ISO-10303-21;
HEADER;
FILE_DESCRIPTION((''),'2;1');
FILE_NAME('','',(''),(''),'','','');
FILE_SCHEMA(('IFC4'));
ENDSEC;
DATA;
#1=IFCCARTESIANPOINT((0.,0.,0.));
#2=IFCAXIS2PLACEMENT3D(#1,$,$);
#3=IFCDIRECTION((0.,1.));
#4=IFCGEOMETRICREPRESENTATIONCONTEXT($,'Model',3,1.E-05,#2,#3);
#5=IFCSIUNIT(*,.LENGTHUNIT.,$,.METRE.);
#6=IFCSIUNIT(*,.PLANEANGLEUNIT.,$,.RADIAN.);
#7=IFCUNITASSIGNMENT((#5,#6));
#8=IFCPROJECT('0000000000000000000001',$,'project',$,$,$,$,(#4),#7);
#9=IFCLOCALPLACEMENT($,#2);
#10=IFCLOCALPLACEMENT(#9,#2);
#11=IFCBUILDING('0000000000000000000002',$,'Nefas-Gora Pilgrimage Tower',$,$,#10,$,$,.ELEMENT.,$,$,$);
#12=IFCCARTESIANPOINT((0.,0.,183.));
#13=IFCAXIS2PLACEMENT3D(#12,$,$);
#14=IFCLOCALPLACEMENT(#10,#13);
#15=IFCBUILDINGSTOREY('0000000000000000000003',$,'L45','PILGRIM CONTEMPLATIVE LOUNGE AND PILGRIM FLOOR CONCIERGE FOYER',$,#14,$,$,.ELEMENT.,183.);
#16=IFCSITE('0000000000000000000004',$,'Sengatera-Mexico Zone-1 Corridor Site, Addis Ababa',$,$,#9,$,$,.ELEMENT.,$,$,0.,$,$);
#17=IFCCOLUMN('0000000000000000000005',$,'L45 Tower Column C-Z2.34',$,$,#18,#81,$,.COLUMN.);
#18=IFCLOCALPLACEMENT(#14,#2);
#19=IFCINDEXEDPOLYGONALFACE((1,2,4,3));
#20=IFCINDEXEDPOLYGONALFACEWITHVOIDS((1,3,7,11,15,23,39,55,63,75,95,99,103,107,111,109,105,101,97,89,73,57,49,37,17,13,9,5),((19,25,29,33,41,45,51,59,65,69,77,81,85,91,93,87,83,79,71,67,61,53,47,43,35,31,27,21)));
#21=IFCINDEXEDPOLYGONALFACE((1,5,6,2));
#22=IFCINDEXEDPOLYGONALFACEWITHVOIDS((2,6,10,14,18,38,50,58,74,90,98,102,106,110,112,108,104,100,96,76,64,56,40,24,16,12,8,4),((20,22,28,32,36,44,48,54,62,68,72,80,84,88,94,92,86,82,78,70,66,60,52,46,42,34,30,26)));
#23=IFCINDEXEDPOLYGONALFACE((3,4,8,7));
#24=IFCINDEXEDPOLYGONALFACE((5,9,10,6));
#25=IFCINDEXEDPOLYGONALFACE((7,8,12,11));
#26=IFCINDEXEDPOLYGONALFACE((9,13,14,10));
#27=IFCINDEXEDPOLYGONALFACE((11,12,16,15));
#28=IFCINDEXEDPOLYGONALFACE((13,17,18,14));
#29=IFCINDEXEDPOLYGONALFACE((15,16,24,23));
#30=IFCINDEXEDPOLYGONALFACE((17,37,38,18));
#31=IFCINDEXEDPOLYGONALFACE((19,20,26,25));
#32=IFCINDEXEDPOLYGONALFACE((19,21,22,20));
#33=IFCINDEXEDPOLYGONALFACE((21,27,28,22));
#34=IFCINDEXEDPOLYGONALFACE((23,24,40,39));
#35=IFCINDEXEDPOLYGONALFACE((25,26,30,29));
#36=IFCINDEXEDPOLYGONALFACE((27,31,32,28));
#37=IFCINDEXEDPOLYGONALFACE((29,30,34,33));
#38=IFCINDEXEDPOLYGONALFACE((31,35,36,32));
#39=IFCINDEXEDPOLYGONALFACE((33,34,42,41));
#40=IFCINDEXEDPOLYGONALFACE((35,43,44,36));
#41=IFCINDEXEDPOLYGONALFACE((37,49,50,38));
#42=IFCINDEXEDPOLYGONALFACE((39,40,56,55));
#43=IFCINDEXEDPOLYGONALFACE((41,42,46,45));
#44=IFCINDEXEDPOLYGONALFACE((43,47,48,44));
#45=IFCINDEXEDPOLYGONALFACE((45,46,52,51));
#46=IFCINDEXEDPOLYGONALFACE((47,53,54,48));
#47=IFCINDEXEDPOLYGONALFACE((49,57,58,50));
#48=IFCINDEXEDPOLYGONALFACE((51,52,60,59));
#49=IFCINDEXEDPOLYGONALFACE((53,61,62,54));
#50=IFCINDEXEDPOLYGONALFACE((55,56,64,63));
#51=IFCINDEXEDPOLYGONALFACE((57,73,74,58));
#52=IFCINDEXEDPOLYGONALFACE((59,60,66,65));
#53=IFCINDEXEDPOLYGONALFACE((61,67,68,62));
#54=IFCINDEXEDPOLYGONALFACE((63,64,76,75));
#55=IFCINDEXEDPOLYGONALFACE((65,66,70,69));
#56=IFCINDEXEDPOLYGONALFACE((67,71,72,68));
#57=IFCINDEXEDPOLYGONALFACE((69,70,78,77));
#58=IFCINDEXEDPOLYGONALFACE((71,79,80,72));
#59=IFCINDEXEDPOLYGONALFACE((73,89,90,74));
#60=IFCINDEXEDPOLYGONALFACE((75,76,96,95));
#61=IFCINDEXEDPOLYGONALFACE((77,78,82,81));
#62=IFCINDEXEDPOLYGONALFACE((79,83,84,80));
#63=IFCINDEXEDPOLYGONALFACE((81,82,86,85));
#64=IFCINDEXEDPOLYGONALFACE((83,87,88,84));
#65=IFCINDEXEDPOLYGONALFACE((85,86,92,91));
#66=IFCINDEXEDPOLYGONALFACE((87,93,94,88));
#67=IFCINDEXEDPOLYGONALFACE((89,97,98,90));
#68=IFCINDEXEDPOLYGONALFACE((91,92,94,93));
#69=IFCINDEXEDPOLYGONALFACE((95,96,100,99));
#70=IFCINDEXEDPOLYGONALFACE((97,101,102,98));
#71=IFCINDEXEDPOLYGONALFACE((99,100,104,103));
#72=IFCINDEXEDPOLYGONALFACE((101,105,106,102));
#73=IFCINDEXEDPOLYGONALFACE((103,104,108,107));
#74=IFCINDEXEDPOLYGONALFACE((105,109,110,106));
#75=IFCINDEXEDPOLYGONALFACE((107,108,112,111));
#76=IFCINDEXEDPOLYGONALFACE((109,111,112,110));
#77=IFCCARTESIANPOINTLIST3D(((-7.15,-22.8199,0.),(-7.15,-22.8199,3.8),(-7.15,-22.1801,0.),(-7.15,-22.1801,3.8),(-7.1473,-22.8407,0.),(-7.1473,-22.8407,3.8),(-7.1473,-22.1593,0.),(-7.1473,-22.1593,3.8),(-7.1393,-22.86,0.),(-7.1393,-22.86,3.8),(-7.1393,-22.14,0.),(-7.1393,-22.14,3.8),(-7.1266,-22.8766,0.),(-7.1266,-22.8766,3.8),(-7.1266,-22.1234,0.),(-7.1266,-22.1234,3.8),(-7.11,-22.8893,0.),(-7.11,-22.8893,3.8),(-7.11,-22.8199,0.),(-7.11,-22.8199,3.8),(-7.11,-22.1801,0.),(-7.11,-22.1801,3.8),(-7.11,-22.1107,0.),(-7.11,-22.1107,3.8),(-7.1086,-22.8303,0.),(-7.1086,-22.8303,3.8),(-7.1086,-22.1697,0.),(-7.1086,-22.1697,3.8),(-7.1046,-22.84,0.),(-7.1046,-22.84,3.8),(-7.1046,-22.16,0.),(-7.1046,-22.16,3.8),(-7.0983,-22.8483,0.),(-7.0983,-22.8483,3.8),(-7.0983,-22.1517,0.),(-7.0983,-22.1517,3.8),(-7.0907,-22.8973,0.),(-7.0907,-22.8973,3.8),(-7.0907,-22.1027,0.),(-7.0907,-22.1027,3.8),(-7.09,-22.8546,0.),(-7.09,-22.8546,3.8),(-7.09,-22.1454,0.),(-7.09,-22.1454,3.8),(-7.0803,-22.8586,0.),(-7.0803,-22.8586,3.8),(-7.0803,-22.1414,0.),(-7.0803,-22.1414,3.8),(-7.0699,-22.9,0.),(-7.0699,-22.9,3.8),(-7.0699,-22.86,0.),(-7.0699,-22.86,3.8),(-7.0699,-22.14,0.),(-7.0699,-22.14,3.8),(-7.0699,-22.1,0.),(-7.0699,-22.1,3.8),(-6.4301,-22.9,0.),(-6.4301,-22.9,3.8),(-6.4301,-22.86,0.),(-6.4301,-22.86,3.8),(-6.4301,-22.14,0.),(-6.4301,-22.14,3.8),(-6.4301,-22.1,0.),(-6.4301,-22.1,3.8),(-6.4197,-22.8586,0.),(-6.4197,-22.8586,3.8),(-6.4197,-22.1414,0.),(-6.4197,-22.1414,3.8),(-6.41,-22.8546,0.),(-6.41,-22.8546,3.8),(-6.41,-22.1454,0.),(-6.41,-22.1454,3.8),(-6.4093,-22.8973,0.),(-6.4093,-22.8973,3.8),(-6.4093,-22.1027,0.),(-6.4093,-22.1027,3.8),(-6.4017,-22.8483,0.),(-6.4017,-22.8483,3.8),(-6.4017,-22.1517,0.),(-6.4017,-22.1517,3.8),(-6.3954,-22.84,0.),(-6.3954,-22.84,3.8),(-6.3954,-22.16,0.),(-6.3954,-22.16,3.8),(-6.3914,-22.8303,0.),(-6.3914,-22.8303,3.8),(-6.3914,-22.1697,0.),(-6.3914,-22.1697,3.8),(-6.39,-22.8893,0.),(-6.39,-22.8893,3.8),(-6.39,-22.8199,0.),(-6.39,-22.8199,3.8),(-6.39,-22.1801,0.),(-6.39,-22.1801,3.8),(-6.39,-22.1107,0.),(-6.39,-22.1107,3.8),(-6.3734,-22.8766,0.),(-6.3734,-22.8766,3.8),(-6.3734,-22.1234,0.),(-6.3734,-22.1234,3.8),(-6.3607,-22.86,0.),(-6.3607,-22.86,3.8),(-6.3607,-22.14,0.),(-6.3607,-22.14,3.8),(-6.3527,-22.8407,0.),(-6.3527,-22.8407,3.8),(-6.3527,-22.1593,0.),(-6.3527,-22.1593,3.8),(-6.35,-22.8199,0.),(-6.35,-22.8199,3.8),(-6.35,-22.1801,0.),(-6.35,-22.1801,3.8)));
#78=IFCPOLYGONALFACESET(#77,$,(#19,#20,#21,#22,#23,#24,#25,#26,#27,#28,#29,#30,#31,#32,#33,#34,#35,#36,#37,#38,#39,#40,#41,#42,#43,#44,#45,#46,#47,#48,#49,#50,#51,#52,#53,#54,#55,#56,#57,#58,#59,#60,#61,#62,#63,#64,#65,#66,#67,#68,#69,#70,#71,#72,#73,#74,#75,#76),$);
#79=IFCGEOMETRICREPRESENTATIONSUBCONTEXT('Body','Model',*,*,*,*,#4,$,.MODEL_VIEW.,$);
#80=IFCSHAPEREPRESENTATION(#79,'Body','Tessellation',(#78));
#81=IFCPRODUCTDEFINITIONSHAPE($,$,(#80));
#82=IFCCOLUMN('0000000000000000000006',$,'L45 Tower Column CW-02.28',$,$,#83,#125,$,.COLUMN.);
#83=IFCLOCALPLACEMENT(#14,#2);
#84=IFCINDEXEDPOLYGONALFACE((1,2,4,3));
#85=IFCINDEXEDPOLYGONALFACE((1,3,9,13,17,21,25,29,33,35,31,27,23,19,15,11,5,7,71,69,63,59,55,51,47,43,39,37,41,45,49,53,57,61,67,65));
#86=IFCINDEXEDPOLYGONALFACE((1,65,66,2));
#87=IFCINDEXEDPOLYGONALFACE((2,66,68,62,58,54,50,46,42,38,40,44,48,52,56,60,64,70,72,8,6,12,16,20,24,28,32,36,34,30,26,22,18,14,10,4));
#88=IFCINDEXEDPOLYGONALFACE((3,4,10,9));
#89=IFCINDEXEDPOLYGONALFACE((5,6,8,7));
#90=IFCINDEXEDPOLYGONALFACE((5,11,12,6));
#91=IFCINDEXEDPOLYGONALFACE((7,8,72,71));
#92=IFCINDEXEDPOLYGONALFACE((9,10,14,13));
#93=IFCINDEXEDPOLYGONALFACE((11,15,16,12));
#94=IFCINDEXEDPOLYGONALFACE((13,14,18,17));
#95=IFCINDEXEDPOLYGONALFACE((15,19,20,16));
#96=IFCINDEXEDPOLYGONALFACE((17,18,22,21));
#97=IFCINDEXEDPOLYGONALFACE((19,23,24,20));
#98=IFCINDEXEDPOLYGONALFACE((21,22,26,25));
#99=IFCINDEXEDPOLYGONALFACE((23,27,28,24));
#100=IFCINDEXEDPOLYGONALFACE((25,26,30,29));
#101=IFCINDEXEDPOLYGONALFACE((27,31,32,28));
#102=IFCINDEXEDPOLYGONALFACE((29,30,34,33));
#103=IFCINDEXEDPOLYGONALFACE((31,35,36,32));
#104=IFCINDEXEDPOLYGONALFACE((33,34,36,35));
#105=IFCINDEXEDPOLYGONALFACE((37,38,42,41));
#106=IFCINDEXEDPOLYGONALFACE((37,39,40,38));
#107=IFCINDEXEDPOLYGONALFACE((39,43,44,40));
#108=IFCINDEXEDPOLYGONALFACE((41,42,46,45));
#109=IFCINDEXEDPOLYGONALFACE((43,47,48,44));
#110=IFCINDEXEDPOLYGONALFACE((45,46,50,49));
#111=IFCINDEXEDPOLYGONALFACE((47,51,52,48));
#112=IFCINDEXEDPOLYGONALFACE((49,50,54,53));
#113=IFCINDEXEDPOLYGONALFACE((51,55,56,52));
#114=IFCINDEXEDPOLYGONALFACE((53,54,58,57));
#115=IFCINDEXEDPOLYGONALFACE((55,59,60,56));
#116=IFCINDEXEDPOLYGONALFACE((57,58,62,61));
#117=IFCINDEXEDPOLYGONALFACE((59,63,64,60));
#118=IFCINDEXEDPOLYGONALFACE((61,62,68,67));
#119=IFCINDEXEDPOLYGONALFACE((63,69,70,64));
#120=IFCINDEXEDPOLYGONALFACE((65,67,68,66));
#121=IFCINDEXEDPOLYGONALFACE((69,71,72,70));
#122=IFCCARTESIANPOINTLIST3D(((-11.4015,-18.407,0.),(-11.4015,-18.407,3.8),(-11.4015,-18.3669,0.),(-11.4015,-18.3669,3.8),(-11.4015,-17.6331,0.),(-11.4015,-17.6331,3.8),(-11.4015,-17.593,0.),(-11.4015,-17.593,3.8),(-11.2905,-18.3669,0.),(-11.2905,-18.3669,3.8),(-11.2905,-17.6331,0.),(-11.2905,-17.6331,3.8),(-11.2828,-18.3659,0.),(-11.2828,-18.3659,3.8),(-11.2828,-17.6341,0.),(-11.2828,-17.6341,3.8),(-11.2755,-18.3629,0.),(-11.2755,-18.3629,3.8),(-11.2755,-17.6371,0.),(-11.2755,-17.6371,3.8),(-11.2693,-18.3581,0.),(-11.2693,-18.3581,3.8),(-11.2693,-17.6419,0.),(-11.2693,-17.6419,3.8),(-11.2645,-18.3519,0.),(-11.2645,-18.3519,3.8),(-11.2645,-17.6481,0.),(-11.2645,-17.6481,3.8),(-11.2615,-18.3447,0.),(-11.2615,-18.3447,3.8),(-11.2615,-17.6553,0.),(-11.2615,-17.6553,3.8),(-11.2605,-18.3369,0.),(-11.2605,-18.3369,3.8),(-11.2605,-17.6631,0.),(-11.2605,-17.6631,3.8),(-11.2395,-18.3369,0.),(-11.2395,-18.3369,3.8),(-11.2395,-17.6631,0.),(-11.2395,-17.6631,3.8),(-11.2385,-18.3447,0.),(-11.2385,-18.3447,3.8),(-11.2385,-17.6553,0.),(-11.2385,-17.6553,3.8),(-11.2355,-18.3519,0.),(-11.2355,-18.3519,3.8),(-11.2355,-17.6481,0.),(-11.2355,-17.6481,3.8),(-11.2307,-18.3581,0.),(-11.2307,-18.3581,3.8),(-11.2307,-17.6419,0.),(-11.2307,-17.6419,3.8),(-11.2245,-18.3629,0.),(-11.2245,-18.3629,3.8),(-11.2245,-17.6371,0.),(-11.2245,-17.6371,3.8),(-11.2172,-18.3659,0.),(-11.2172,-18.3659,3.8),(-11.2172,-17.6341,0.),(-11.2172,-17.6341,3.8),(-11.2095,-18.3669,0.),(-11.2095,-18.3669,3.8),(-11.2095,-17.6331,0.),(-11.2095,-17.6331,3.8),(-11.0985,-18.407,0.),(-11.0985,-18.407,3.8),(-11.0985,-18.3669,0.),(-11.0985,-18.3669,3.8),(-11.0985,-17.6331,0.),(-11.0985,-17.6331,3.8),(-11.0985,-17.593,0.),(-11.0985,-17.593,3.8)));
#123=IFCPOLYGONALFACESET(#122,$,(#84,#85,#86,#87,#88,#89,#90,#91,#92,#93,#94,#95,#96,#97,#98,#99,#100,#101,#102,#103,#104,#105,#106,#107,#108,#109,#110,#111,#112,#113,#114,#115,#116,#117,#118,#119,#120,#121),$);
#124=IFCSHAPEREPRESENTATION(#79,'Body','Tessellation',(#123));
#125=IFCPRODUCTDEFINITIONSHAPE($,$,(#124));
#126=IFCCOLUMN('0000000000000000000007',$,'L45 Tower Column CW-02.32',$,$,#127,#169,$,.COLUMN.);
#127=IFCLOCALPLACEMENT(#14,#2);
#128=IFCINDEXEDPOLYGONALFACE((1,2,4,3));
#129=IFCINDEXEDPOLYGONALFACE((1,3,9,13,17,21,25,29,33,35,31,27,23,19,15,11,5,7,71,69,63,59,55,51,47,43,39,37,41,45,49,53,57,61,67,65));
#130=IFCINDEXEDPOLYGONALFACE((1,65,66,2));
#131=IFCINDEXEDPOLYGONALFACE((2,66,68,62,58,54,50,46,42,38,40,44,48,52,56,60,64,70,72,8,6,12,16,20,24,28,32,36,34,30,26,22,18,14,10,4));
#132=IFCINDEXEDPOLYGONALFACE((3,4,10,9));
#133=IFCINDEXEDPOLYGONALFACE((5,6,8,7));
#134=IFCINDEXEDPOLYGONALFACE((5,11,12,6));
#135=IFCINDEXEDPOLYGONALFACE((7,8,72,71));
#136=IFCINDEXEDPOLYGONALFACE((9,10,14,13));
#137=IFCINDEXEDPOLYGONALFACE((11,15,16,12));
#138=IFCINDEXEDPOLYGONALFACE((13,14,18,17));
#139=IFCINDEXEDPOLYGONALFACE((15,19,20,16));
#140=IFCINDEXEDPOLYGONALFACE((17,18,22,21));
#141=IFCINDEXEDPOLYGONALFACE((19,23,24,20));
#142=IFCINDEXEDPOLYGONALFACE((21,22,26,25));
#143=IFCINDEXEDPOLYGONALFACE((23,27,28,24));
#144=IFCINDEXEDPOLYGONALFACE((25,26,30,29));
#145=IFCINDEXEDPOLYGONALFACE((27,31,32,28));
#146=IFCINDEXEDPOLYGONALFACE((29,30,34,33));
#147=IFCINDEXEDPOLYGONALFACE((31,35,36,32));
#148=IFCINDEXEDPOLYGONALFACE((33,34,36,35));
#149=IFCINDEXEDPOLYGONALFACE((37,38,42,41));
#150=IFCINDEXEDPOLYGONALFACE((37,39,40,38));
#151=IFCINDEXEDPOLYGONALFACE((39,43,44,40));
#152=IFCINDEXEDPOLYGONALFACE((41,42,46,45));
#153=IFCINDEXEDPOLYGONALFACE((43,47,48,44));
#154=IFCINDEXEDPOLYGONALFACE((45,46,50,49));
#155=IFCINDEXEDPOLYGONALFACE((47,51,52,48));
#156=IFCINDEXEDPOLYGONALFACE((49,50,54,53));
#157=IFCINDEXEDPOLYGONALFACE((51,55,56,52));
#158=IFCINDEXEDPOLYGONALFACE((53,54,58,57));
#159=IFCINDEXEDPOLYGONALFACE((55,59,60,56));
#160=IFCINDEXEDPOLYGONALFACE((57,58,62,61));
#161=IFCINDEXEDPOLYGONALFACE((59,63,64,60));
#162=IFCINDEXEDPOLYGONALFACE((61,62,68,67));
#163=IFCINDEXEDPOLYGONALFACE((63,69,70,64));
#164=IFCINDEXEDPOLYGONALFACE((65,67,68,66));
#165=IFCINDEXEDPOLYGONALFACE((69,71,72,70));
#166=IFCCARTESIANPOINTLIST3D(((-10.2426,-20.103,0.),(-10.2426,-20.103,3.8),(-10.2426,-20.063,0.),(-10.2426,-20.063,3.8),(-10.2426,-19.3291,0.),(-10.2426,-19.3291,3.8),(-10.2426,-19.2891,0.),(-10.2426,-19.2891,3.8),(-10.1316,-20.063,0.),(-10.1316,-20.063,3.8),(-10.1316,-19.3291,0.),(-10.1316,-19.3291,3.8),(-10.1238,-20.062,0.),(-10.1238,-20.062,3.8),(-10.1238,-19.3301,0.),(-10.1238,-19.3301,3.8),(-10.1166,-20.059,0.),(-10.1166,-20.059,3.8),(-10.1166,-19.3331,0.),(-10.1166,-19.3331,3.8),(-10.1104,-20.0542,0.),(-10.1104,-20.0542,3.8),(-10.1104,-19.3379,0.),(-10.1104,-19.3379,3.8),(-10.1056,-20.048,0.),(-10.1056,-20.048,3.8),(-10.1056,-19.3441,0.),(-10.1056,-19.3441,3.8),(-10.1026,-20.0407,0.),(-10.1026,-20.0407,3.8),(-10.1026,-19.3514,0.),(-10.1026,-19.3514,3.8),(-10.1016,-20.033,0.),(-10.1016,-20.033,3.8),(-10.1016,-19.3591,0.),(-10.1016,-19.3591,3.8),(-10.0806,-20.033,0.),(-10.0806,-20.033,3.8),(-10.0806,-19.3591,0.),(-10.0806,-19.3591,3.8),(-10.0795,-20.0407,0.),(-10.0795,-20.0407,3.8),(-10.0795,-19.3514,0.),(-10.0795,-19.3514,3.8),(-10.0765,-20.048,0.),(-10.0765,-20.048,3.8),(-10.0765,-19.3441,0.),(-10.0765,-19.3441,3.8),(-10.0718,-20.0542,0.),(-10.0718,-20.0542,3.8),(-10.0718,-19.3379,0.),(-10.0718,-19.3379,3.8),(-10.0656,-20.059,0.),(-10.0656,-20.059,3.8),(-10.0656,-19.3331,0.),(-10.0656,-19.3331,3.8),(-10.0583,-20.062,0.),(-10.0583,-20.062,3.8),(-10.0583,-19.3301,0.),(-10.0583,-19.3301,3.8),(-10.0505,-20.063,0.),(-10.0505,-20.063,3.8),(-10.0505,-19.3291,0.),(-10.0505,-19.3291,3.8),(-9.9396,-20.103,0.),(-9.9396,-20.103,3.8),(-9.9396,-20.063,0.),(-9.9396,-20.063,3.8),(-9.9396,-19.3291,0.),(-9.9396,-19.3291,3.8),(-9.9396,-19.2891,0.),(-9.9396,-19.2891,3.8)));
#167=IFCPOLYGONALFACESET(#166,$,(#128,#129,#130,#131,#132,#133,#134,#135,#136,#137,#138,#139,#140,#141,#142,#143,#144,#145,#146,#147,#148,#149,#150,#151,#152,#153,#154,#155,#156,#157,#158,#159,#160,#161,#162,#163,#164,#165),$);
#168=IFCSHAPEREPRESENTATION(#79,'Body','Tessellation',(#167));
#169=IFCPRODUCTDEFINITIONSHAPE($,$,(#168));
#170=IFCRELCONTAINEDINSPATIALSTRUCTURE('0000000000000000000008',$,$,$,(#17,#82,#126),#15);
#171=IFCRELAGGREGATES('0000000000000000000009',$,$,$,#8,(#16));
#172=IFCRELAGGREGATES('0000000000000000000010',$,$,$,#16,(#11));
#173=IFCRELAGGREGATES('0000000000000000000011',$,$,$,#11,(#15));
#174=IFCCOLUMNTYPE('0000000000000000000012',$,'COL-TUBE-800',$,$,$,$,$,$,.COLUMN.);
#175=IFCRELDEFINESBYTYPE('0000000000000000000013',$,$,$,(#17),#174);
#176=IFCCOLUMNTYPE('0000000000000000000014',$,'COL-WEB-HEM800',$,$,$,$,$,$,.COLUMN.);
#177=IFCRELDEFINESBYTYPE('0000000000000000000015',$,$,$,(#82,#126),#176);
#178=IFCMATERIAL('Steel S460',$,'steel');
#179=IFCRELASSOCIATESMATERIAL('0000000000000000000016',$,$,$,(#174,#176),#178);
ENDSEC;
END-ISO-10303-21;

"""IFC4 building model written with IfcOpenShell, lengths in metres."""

from ifc_helpers import new_model, si_unit, direction, frame, origin, origin_2d, place, context, subcontext, project, spatial, hollow_rectangle, i_section, extrude, source, transform, mapped, material, material_profile, profile_set, type_object, element, save


model = new_model("IFC4")

# Units and contexts
model_context = context("Model", 3, precision=1e-05, world=origin(), true_north=direction((0.0, 1.0)))
body_context = subcontext(model_context, "Body", "Model", "MODEL_VIEW")
ifc_project = project(units=[si_unit("LENGTHUNIT", "METRE"), si_unit("PLANEANGLEUNIT", "RADIAN")], contexts=[model_context])

# Site, building, storey
site_placement = place(None, origin())
site = spatial("IfcSite", under=ifc_project, at=site_placement, Name="Sengatera-Mexico Zone-1 Corridor Site, Addis Ababa", CompositionType="ELEMENT", RefElevation=0.0)
building_placement = place(site_placement, origin())
building = spatial("IfcBuilding", under=site, at=building_placement, Name="Nefas-Gora Pilgrimage Tower", CompositionType="ELEMENT")
storey_placement = place(building_placement, frame((0.0, 0.0, 183.0)))
storey = spatial("IfcBuildingStorey", under=building, at=storey_placement, Name="L45", Description="PILGRIM CONTEMPLATIVE LOUNGE AND PILGRIM FLOOR CONCIERGE FOYER", CompositionType="ELEMENT", Elevation=183.0)

# Columns
ifc_material_1 = material(Name="Steel S460", Category="steel")
ifc_material_profile_1 = material_profile(ifc_material_1, hollow_rectangle(XDim=0.8, YDim=0.8, WallThickness=0.04, InnerFilletRadius=0.04, OuterFilletRadius=0.0801, at=origin_2d()), Name="BOX 800x800x40")
ifc_profile_set_1 = profile_set([ifc_material_profile_1], Name="Steel S460")
column_type_1 = type_object("IfcColumnType", Name="COL-TUBE-800", PredefinedType="COLUMN", material=ifc_profile_set_1)
shared_shape_1 = source(origin(), body_context, "Body", "SweptSolid", [
    extrude(hollow_rectangle(XDim=0.8, YDim=0.8, WallThickness=0.04, InnerFilletRadius=0.04, OuterFilletRadius=0.0801, at=origin_2d()), origin(), (0.0, 0.0, 1.0), 3.8),
])
column_placement = place(storey_placement, frame((-6.75, -22.5, 0.0), z_axis=(0.0, 0.0, 1.0), x_axis=(1.0, 0.0, 0.0)))
element("IfcColumn", 1, at=column_placement, inside=storey, type_object=column_type_1, Name="L45 Tower Column C-Z2.34", PredefinedType="COLUMN", context=body_context, shape_type="MappedRepresentation", body=[
    mapped(shared_shape_1, transform((0.0, 0.0, 0.0), x_axis=(1.0, 0.0, 0.0), y_axis=(0.0, 1.0, 0.0), z_axis=(0.0, 0.0, 1.0), scale=1.0)),
])
ifc_material_profile_2 = material_profile(ifc_material_1, i_section(OverallWidth=0.303, OverallDepth=0.814, WebThickness=0.021, FlangeThickness=0.04, FilletRadius=0.03, at=origin_2d()), Name="HEM 800")
ifc_profile_set_2 = profile_set([ifc_material_profile_2], Name="Steel S460")
column_type_2 = type_object("IfcColumnType", Name="COL-WEB-HEM800", PredefinedType="COLUMN", material=ifc_profile_set_2)
shared_shape_2 = source(origin(), body_context, "Body", "SweptSolid", [
    extrude(i_section(OverallWidth=0.303, OverallDepth=0.814, WebThickness=0.021, FlangeThickness=0.04, FilletRadius=0.03, at=origin_2d()), origin(), (0.0, 0.0, 1.0), 3.8),
])
for number, where, z_axis, x_axis, name in (
    (2, (-11.25, -18.0, 0.0), (0.0, 0.0, 1.0), (1.0, 0.0, 0.0), "L45 Tower Column CW-02.28"),
    (3, (-10.0911, -19.696, 0.0), (0.0, 0.0, 1.0), (1.0, 0.0, 0.0), "L45 Tower Column CW-02.32"),
):
    element("IfcColumn", number, at=place(storey_placement, frame(where, z_axis=z_axis, x_axis=x_axis)), inside=storey, type_object=column_type_2, Name=name, PredefinedType="COLUMN", context=body_context, shape_type="MappedRepresentation", body=[
        mapped(shared_shape_2, transform((0.0, 0.0, 0.0), x_axis=(1.0, 0.0, 0.0), y_axis=(0.0, 1.0, 0.0), z_axis=(0.0, 0.0, 1.0), scale=1.0)),
    ])

save(model, "model.ifc")
